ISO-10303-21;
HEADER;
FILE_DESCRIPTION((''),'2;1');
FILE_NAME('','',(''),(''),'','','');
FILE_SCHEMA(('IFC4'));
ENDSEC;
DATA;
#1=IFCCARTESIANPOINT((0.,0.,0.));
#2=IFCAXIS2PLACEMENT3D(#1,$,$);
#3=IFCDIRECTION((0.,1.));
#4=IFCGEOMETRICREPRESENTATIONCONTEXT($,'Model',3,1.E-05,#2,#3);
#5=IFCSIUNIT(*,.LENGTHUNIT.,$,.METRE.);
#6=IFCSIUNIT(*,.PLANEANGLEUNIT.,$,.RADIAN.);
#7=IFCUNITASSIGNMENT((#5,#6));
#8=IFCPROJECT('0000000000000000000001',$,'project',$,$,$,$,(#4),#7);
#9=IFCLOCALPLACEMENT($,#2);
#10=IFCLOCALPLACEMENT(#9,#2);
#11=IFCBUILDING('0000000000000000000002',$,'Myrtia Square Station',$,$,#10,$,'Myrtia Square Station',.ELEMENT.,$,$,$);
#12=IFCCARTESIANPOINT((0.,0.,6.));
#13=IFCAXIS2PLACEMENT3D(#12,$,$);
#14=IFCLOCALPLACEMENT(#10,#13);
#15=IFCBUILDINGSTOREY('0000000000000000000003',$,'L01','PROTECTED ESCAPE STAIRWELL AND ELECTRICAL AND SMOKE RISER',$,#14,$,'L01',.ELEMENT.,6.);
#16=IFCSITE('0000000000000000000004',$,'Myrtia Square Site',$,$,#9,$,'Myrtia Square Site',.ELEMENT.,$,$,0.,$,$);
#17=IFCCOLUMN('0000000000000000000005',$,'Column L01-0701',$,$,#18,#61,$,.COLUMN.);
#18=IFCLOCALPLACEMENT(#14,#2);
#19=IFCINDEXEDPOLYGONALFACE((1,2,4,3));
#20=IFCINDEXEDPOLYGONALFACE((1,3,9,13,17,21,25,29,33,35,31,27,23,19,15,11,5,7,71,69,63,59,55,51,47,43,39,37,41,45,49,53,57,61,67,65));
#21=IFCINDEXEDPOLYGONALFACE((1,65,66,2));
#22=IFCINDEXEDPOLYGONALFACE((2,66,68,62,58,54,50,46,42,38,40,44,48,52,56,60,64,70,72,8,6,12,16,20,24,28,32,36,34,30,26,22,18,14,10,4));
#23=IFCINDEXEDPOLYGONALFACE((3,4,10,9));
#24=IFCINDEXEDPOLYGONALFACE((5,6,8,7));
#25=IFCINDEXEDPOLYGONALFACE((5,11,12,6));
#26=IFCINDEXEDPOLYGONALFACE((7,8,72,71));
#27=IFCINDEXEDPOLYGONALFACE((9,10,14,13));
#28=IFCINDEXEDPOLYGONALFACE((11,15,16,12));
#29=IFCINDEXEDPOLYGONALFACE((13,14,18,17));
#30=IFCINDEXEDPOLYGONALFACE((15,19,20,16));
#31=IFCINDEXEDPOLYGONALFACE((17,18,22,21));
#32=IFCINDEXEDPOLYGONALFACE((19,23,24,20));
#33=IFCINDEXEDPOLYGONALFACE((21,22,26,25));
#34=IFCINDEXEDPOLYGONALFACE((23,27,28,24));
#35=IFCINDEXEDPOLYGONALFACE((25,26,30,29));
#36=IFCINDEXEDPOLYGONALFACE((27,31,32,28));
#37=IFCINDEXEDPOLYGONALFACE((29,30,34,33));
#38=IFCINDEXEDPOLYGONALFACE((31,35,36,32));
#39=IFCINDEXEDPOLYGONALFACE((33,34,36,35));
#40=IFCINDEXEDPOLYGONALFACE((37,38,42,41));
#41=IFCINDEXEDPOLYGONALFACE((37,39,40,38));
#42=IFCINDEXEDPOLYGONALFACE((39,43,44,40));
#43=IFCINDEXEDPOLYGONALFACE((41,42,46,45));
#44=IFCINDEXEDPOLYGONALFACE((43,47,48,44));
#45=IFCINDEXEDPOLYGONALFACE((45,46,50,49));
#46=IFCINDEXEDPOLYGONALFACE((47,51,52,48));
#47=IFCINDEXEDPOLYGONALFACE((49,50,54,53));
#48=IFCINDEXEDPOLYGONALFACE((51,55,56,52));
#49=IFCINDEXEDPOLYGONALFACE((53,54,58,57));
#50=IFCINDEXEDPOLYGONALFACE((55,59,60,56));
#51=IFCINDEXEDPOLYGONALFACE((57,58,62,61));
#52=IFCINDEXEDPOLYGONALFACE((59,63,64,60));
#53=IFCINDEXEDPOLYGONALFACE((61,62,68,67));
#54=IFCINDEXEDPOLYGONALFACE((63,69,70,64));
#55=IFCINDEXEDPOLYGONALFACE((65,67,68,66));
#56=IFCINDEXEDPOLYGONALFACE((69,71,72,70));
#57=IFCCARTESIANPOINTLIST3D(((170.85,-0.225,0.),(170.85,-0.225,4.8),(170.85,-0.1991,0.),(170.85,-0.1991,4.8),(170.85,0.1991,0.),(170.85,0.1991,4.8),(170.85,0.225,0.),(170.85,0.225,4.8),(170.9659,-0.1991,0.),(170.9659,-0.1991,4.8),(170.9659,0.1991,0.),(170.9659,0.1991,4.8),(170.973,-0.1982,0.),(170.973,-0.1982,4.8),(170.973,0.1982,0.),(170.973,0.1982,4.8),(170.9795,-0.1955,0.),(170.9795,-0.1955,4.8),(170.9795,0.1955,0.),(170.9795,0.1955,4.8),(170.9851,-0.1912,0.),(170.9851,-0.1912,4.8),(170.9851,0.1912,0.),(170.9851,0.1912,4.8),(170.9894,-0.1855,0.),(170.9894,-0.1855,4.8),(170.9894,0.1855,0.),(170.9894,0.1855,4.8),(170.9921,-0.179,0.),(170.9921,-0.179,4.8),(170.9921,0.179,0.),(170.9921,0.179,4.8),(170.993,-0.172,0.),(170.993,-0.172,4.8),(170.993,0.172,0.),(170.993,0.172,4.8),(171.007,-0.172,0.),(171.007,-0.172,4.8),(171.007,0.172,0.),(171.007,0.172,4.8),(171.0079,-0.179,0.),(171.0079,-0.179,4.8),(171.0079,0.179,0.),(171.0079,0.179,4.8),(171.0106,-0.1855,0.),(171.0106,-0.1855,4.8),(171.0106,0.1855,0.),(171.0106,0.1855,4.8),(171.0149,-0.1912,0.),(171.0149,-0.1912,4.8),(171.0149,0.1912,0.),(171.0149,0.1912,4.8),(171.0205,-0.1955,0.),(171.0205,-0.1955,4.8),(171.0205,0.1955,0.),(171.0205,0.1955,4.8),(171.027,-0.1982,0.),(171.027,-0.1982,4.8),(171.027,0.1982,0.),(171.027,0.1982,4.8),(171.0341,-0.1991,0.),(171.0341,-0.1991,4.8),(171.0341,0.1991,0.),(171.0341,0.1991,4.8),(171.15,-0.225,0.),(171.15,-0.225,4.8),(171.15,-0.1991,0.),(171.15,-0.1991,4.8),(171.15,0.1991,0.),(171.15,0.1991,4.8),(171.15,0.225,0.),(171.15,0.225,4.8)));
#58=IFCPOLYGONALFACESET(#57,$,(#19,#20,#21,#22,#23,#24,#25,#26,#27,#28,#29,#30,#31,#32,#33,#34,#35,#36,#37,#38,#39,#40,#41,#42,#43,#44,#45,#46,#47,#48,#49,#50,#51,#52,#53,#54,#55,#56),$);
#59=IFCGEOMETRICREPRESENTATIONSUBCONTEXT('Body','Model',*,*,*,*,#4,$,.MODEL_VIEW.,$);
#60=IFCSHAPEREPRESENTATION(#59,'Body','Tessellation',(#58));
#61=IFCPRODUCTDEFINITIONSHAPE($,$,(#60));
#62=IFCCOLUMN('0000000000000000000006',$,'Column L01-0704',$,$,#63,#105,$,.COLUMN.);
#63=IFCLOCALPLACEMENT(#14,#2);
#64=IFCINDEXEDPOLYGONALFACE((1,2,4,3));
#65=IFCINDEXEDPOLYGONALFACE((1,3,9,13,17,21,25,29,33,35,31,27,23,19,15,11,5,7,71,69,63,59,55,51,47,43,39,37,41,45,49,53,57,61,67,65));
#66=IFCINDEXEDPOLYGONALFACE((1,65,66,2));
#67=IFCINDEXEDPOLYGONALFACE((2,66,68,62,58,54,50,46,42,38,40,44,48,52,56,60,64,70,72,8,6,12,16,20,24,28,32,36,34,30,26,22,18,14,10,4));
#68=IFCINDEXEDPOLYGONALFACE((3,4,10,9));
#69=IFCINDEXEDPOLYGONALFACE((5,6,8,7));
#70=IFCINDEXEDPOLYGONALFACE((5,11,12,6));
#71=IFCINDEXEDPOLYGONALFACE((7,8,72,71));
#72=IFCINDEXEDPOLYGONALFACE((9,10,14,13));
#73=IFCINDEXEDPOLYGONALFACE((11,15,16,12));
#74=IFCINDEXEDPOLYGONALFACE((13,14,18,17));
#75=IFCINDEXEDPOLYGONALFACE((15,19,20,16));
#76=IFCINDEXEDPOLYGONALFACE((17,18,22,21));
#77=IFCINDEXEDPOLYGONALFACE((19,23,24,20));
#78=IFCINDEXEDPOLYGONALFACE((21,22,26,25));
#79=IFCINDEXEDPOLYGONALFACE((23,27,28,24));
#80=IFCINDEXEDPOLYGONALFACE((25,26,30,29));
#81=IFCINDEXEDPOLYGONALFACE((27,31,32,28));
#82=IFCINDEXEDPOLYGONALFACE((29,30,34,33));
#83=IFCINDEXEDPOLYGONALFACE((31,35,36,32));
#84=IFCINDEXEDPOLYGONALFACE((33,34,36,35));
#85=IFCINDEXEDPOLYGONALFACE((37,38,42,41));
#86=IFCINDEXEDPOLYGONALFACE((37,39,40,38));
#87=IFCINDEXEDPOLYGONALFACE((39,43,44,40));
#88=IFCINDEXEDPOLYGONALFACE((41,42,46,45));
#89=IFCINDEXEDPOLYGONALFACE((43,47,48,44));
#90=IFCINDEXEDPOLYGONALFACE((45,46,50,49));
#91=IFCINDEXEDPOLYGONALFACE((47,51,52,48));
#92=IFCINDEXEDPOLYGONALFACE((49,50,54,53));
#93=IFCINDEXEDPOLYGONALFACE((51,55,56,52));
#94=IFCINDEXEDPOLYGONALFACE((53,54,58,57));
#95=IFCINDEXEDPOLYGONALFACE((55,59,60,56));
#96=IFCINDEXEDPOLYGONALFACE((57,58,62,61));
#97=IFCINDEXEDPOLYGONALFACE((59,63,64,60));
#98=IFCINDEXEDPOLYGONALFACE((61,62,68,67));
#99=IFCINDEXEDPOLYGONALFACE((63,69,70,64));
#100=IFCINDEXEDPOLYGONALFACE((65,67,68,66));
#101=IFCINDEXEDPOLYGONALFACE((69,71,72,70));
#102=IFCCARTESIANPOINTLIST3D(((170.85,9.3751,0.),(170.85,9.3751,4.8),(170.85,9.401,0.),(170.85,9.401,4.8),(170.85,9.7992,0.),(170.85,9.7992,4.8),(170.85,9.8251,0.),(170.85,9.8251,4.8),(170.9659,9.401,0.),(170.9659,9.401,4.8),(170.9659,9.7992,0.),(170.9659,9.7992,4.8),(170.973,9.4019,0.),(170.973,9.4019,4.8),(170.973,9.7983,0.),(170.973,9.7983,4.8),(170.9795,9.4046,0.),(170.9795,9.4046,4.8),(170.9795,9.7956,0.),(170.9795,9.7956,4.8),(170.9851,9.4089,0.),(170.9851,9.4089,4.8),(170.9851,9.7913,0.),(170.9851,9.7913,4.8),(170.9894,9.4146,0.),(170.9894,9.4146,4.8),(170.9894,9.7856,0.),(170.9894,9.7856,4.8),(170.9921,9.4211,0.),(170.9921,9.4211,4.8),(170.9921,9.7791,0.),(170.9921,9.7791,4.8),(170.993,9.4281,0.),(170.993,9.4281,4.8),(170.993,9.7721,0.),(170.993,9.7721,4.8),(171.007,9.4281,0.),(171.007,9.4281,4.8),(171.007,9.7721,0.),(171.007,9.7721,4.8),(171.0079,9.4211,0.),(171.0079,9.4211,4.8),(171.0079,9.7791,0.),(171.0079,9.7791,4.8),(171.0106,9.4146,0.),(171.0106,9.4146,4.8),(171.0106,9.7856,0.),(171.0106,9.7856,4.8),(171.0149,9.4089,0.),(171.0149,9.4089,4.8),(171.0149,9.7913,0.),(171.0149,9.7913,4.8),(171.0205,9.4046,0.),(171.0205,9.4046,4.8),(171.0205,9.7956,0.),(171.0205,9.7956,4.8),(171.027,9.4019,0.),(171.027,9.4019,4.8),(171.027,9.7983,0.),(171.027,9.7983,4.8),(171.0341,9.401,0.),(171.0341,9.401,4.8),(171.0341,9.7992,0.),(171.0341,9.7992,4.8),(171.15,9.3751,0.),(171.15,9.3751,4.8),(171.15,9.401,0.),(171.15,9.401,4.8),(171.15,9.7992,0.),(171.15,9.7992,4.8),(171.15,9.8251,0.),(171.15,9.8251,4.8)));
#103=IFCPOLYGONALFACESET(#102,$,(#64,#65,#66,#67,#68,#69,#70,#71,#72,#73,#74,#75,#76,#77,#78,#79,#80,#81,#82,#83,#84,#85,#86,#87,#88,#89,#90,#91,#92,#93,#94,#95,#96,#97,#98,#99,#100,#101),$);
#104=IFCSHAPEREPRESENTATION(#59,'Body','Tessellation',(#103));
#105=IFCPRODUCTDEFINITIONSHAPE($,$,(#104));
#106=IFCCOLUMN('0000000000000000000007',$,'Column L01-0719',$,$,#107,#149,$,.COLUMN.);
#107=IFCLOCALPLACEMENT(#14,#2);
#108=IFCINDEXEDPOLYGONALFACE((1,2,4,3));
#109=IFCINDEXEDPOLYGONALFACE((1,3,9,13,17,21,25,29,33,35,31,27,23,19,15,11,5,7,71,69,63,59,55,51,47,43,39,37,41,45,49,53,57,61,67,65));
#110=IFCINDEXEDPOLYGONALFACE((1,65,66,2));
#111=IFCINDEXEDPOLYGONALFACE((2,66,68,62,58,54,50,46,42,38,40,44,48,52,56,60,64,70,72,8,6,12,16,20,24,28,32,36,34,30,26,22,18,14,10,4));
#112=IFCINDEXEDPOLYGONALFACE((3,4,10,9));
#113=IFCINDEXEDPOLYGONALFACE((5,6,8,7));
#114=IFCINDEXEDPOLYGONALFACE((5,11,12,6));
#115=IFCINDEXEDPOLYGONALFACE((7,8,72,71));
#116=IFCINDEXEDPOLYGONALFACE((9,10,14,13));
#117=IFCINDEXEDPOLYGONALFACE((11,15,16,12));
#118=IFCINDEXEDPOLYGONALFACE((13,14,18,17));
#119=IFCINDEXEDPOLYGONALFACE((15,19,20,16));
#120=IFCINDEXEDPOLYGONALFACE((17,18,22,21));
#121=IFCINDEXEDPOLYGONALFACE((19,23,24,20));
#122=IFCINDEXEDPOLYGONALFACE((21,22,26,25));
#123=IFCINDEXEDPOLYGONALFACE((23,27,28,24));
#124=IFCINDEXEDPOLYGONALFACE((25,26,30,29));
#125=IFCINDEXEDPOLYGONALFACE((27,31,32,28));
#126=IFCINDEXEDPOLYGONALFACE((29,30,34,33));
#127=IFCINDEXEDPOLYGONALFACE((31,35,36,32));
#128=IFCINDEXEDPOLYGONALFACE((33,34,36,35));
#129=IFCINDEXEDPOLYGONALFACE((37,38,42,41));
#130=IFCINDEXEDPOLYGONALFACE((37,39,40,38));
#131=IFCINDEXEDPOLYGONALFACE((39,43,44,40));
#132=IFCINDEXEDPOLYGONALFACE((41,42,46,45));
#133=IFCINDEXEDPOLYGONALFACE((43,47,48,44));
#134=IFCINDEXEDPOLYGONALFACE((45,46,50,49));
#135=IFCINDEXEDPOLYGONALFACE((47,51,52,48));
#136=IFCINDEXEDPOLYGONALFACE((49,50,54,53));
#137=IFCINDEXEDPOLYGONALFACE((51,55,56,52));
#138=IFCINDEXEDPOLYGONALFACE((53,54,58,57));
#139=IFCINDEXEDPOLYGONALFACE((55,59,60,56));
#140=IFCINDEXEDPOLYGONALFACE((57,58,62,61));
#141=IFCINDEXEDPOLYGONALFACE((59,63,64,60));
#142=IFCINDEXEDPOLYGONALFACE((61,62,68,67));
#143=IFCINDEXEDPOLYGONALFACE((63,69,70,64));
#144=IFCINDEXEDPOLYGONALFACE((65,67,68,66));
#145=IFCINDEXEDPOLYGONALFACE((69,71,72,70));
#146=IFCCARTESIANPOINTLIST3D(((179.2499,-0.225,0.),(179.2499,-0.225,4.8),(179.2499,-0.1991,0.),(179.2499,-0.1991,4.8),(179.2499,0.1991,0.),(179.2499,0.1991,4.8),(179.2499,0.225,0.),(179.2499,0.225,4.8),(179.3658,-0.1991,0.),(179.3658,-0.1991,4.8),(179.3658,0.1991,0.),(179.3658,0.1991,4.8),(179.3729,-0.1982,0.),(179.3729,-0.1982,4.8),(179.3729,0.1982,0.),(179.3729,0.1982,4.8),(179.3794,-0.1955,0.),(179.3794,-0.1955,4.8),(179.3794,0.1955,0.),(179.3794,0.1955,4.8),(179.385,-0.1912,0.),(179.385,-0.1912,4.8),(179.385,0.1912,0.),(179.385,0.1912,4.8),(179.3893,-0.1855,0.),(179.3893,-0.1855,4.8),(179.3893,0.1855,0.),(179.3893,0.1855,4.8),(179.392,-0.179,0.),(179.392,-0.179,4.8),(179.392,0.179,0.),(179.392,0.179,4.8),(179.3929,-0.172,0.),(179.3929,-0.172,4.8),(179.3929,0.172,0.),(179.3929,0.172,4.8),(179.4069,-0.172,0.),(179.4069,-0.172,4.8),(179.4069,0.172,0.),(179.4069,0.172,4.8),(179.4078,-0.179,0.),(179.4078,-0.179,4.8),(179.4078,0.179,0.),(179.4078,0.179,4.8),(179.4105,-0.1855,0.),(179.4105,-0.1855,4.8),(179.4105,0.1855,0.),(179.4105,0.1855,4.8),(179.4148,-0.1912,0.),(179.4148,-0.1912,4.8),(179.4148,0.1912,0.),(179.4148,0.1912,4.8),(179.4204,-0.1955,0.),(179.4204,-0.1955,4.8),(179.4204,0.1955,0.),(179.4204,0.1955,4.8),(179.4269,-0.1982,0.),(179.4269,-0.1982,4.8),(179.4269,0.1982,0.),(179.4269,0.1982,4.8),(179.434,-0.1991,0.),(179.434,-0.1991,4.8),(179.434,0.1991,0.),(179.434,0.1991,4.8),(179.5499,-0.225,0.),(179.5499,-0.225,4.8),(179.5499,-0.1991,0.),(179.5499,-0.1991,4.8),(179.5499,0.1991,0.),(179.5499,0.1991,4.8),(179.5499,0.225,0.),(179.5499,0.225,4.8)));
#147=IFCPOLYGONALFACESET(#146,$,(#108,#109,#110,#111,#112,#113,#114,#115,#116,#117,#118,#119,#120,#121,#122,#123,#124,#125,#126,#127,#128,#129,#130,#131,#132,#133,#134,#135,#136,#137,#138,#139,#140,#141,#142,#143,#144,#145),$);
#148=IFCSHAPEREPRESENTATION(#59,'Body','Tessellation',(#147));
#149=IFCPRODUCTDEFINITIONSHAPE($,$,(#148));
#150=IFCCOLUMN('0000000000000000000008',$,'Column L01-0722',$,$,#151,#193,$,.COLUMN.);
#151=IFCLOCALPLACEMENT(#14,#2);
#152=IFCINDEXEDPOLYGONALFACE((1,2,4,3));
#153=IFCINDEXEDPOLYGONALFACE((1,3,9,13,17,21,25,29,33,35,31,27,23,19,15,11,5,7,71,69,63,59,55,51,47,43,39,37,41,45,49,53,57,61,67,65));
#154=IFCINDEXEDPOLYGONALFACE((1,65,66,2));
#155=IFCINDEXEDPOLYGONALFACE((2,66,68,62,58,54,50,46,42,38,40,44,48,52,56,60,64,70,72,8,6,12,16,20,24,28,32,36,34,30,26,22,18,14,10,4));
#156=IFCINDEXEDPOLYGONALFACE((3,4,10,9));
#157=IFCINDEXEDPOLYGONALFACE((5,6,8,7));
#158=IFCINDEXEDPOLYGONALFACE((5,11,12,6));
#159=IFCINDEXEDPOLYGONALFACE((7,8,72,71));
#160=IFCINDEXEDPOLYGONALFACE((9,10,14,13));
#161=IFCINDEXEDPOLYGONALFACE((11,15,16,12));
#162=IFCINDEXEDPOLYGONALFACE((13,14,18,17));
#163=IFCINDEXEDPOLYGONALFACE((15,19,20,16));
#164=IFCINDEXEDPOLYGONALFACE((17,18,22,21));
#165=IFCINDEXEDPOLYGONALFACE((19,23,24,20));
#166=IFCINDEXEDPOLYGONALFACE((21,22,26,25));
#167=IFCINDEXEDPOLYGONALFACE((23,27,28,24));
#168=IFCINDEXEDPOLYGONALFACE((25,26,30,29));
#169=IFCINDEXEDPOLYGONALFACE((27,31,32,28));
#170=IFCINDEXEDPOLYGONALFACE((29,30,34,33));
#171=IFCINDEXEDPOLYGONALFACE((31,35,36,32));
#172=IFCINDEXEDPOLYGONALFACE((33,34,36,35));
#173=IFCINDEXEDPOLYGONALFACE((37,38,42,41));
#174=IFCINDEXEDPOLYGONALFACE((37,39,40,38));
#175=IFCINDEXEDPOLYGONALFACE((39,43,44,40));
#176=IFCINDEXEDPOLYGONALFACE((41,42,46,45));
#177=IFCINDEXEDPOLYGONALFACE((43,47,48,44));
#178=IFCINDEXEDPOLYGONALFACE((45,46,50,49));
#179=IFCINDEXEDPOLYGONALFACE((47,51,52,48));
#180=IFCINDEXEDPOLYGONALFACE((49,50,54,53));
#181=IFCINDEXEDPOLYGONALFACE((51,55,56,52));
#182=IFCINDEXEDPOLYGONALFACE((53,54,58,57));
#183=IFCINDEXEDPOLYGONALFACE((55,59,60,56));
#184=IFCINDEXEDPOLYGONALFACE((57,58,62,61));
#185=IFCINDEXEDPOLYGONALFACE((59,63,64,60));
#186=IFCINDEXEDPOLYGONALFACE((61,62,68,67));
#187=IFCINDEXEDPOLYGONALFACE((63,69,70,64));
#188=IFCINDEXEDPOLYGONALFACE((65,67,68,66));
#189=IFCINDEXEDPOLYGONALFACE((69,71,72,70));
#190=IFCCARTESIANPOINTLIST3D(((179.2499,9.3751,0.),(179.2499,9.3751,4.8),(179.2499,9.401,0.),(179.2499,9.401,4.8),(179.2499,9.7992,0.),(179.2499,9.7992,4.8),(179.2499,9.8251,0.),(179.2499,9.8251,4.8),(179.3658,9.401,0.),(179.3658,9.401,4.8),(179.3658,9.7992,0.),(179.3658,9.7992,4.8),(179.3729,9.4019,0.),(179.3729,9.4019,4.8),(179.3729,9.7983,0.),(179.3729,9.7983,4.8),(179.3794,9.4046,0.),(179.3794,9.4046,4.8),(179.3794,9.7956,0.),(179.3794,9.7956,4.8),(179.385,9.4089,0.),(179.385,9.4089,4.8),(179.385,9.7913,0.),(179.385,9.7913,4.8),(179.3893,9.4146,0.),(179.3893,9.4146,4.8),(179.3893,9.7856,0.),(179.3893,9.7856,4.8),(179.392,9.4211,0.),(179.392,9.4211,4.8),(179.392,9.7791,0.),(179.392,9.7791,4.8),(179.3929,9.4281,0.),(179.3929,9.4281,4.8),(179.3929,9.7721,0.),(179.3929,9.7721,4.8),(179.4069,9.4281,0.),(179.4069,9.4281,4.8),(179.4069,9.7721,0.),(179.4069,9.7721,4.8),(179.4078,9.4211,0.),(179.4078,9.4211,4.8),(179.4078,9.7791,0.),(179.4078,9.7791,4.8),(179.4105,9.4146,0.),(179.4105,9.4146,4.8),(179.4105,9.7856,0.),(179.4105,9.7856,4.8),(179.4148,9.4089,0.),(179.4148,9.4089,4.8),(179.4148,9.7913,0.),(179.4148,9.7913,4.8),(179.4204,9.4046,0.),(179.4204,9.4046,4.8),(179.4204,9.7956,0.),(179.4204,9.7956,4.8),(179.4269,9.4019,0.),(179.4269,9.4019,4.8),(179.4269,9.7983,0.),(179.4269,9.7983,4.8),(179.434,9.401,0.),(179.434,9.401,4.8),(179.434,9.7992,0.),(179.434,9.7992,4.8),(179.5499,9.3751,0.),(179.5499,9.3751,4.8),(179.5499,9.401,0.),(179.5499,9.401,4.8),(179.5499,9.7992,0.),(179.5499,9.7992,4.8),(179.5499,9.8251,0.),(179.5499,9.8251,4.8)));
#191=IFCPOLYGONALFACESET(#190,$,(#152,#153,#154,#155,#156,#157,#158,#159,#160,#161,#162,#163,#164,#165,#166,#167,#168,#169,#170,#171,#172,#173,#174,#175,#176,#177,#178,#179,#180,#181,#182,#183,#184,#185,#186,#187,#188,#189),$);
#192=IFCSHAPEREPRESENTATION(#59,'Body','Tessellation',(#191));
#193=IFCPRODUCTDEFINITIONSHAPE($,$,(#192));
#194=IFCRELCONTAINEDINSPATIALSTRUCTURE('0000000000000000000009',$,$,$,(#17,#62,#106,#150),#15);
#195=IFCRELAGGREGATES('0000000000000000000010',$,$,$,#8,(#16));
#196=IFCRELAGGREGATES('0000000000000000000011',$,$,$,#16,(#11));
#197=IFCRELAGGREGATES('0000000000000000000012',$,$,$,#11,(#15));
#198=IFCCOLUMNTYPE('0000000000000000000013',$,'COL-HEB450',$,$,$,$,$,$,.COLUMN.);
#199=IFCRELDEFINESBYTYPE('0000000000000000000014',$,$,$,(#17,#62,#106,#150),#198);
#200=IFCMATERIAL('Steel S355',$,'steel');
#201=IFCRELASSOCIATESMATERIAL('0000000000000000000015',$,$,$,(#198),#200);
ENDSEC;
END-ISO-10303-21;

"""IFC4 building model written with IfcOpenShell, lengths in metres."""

from ifc_helpers import new_model, si_unit, direction, frame, origin, origin_2d, place, context, subcontext, project, spatial, i_section, extrude, material, material_profile, profile_set, type_object, element, save


model = new_model("IFC4")

# Units and contexts
model_context = context("Model", 3, precision=1e-05, world=origin(), true_north=direction((0.0, 1.0)))
body_context = subcontext(model_context, "Body", "Model", "MODEL_VIEW")
ifc_project = project(units=[si_unit("LENGTHUNIT", "METRE"), si_unit("PLANEANGLEUNIT", "RADIAN")], contexts=[model_context])

# Site, building, storey
site_placement = place(None, origin())
site = spatial("IfcSite", under=ifc_project, at=site_placement, Name="Myrtia Square Site", LongName="Myrtia Square Site", CompositionType="ELEMENT", RefElevation=0.0)
building_placement = place(site_placement, origin())
building = spatial("IfcBuilding", under=site, at=building_placement, Name="Myrtia Square Station", LongName="Myrtia Square Station", CompositionType="ELEMENT")
storey_placement = place(building_placement, frame((0.0, 0.0, 6.0)))
storey = spatial("IfcBuildingStorey", under=building, at=storey_placement, Name="L01", Description="PROTECTED ESCAPE STAIRWELL AND ELECTRICAL AND SMOKE RISER", LongName="L01", CompositionType="ELEMENT", Elevation=6.0)

# Columns
ifc_material_1 = material(Name="Steel S355", Category="steel")
ifc_material_profile_1 = material_profile(ifc_material_1, i_section(OverallWidth=0.3, OverallDepth=0.45, WebThickness=0.0139, FlangeThickness=0.0259, FilletRadius=0.0271, at=origin_2d()), Name="HEB 450")
ifc_profile_set_1 = profile_set([ifc_material_profile_1], Name="Steel S355")
column_type = type_object("IfcColumnType", Name="COL-HEB450", PredefinedType="COLUMN", material=ifc_profile_set_1)
for number, where, z_axis, x_axis, name in (
    (1, (171.0, 0.0, 0.0), (0.0, 0.0, 1.0), (1.0, 0.0, 0.0), "Column L01-0701"),
    (2, (171.0, 9.6001, 0.0), (0.0, 0.0, 1.0), (1.0, 0.0, 0.0), "Column L01-0704"),
    (3, (179.3999, 0.0, 0.0), (0.0, 0.0, 1.0), (1.0, 0.0, 0.0), "Column L01-0719"),
    (4, (179.3999, 9.6001, 0.0), (0.0, 0.0, 1.0), (1.0, 0.0, 0.0), "Column L01-0722"),
):
    element("IfcColumn", number, at=place(storey_placement, frame(where, z_axis=z_axis, x_axis=x_axis)), inside=storey, type_object=column_type, Name=name, PredefinedType="COLUMN", context=body_context, shape_type="SweptSolid", body=[
        extrude(i_section(OverallWidth=0.3, OverallDepth=0.45, WebThickness=0.0139, FlangeThickness=0.0259, FilletRadius=0.0271, at=origin_2d()), origin(), (0.0, 0.0, 1.0), 4.8),
    ])

save(model, "model.ifc")
